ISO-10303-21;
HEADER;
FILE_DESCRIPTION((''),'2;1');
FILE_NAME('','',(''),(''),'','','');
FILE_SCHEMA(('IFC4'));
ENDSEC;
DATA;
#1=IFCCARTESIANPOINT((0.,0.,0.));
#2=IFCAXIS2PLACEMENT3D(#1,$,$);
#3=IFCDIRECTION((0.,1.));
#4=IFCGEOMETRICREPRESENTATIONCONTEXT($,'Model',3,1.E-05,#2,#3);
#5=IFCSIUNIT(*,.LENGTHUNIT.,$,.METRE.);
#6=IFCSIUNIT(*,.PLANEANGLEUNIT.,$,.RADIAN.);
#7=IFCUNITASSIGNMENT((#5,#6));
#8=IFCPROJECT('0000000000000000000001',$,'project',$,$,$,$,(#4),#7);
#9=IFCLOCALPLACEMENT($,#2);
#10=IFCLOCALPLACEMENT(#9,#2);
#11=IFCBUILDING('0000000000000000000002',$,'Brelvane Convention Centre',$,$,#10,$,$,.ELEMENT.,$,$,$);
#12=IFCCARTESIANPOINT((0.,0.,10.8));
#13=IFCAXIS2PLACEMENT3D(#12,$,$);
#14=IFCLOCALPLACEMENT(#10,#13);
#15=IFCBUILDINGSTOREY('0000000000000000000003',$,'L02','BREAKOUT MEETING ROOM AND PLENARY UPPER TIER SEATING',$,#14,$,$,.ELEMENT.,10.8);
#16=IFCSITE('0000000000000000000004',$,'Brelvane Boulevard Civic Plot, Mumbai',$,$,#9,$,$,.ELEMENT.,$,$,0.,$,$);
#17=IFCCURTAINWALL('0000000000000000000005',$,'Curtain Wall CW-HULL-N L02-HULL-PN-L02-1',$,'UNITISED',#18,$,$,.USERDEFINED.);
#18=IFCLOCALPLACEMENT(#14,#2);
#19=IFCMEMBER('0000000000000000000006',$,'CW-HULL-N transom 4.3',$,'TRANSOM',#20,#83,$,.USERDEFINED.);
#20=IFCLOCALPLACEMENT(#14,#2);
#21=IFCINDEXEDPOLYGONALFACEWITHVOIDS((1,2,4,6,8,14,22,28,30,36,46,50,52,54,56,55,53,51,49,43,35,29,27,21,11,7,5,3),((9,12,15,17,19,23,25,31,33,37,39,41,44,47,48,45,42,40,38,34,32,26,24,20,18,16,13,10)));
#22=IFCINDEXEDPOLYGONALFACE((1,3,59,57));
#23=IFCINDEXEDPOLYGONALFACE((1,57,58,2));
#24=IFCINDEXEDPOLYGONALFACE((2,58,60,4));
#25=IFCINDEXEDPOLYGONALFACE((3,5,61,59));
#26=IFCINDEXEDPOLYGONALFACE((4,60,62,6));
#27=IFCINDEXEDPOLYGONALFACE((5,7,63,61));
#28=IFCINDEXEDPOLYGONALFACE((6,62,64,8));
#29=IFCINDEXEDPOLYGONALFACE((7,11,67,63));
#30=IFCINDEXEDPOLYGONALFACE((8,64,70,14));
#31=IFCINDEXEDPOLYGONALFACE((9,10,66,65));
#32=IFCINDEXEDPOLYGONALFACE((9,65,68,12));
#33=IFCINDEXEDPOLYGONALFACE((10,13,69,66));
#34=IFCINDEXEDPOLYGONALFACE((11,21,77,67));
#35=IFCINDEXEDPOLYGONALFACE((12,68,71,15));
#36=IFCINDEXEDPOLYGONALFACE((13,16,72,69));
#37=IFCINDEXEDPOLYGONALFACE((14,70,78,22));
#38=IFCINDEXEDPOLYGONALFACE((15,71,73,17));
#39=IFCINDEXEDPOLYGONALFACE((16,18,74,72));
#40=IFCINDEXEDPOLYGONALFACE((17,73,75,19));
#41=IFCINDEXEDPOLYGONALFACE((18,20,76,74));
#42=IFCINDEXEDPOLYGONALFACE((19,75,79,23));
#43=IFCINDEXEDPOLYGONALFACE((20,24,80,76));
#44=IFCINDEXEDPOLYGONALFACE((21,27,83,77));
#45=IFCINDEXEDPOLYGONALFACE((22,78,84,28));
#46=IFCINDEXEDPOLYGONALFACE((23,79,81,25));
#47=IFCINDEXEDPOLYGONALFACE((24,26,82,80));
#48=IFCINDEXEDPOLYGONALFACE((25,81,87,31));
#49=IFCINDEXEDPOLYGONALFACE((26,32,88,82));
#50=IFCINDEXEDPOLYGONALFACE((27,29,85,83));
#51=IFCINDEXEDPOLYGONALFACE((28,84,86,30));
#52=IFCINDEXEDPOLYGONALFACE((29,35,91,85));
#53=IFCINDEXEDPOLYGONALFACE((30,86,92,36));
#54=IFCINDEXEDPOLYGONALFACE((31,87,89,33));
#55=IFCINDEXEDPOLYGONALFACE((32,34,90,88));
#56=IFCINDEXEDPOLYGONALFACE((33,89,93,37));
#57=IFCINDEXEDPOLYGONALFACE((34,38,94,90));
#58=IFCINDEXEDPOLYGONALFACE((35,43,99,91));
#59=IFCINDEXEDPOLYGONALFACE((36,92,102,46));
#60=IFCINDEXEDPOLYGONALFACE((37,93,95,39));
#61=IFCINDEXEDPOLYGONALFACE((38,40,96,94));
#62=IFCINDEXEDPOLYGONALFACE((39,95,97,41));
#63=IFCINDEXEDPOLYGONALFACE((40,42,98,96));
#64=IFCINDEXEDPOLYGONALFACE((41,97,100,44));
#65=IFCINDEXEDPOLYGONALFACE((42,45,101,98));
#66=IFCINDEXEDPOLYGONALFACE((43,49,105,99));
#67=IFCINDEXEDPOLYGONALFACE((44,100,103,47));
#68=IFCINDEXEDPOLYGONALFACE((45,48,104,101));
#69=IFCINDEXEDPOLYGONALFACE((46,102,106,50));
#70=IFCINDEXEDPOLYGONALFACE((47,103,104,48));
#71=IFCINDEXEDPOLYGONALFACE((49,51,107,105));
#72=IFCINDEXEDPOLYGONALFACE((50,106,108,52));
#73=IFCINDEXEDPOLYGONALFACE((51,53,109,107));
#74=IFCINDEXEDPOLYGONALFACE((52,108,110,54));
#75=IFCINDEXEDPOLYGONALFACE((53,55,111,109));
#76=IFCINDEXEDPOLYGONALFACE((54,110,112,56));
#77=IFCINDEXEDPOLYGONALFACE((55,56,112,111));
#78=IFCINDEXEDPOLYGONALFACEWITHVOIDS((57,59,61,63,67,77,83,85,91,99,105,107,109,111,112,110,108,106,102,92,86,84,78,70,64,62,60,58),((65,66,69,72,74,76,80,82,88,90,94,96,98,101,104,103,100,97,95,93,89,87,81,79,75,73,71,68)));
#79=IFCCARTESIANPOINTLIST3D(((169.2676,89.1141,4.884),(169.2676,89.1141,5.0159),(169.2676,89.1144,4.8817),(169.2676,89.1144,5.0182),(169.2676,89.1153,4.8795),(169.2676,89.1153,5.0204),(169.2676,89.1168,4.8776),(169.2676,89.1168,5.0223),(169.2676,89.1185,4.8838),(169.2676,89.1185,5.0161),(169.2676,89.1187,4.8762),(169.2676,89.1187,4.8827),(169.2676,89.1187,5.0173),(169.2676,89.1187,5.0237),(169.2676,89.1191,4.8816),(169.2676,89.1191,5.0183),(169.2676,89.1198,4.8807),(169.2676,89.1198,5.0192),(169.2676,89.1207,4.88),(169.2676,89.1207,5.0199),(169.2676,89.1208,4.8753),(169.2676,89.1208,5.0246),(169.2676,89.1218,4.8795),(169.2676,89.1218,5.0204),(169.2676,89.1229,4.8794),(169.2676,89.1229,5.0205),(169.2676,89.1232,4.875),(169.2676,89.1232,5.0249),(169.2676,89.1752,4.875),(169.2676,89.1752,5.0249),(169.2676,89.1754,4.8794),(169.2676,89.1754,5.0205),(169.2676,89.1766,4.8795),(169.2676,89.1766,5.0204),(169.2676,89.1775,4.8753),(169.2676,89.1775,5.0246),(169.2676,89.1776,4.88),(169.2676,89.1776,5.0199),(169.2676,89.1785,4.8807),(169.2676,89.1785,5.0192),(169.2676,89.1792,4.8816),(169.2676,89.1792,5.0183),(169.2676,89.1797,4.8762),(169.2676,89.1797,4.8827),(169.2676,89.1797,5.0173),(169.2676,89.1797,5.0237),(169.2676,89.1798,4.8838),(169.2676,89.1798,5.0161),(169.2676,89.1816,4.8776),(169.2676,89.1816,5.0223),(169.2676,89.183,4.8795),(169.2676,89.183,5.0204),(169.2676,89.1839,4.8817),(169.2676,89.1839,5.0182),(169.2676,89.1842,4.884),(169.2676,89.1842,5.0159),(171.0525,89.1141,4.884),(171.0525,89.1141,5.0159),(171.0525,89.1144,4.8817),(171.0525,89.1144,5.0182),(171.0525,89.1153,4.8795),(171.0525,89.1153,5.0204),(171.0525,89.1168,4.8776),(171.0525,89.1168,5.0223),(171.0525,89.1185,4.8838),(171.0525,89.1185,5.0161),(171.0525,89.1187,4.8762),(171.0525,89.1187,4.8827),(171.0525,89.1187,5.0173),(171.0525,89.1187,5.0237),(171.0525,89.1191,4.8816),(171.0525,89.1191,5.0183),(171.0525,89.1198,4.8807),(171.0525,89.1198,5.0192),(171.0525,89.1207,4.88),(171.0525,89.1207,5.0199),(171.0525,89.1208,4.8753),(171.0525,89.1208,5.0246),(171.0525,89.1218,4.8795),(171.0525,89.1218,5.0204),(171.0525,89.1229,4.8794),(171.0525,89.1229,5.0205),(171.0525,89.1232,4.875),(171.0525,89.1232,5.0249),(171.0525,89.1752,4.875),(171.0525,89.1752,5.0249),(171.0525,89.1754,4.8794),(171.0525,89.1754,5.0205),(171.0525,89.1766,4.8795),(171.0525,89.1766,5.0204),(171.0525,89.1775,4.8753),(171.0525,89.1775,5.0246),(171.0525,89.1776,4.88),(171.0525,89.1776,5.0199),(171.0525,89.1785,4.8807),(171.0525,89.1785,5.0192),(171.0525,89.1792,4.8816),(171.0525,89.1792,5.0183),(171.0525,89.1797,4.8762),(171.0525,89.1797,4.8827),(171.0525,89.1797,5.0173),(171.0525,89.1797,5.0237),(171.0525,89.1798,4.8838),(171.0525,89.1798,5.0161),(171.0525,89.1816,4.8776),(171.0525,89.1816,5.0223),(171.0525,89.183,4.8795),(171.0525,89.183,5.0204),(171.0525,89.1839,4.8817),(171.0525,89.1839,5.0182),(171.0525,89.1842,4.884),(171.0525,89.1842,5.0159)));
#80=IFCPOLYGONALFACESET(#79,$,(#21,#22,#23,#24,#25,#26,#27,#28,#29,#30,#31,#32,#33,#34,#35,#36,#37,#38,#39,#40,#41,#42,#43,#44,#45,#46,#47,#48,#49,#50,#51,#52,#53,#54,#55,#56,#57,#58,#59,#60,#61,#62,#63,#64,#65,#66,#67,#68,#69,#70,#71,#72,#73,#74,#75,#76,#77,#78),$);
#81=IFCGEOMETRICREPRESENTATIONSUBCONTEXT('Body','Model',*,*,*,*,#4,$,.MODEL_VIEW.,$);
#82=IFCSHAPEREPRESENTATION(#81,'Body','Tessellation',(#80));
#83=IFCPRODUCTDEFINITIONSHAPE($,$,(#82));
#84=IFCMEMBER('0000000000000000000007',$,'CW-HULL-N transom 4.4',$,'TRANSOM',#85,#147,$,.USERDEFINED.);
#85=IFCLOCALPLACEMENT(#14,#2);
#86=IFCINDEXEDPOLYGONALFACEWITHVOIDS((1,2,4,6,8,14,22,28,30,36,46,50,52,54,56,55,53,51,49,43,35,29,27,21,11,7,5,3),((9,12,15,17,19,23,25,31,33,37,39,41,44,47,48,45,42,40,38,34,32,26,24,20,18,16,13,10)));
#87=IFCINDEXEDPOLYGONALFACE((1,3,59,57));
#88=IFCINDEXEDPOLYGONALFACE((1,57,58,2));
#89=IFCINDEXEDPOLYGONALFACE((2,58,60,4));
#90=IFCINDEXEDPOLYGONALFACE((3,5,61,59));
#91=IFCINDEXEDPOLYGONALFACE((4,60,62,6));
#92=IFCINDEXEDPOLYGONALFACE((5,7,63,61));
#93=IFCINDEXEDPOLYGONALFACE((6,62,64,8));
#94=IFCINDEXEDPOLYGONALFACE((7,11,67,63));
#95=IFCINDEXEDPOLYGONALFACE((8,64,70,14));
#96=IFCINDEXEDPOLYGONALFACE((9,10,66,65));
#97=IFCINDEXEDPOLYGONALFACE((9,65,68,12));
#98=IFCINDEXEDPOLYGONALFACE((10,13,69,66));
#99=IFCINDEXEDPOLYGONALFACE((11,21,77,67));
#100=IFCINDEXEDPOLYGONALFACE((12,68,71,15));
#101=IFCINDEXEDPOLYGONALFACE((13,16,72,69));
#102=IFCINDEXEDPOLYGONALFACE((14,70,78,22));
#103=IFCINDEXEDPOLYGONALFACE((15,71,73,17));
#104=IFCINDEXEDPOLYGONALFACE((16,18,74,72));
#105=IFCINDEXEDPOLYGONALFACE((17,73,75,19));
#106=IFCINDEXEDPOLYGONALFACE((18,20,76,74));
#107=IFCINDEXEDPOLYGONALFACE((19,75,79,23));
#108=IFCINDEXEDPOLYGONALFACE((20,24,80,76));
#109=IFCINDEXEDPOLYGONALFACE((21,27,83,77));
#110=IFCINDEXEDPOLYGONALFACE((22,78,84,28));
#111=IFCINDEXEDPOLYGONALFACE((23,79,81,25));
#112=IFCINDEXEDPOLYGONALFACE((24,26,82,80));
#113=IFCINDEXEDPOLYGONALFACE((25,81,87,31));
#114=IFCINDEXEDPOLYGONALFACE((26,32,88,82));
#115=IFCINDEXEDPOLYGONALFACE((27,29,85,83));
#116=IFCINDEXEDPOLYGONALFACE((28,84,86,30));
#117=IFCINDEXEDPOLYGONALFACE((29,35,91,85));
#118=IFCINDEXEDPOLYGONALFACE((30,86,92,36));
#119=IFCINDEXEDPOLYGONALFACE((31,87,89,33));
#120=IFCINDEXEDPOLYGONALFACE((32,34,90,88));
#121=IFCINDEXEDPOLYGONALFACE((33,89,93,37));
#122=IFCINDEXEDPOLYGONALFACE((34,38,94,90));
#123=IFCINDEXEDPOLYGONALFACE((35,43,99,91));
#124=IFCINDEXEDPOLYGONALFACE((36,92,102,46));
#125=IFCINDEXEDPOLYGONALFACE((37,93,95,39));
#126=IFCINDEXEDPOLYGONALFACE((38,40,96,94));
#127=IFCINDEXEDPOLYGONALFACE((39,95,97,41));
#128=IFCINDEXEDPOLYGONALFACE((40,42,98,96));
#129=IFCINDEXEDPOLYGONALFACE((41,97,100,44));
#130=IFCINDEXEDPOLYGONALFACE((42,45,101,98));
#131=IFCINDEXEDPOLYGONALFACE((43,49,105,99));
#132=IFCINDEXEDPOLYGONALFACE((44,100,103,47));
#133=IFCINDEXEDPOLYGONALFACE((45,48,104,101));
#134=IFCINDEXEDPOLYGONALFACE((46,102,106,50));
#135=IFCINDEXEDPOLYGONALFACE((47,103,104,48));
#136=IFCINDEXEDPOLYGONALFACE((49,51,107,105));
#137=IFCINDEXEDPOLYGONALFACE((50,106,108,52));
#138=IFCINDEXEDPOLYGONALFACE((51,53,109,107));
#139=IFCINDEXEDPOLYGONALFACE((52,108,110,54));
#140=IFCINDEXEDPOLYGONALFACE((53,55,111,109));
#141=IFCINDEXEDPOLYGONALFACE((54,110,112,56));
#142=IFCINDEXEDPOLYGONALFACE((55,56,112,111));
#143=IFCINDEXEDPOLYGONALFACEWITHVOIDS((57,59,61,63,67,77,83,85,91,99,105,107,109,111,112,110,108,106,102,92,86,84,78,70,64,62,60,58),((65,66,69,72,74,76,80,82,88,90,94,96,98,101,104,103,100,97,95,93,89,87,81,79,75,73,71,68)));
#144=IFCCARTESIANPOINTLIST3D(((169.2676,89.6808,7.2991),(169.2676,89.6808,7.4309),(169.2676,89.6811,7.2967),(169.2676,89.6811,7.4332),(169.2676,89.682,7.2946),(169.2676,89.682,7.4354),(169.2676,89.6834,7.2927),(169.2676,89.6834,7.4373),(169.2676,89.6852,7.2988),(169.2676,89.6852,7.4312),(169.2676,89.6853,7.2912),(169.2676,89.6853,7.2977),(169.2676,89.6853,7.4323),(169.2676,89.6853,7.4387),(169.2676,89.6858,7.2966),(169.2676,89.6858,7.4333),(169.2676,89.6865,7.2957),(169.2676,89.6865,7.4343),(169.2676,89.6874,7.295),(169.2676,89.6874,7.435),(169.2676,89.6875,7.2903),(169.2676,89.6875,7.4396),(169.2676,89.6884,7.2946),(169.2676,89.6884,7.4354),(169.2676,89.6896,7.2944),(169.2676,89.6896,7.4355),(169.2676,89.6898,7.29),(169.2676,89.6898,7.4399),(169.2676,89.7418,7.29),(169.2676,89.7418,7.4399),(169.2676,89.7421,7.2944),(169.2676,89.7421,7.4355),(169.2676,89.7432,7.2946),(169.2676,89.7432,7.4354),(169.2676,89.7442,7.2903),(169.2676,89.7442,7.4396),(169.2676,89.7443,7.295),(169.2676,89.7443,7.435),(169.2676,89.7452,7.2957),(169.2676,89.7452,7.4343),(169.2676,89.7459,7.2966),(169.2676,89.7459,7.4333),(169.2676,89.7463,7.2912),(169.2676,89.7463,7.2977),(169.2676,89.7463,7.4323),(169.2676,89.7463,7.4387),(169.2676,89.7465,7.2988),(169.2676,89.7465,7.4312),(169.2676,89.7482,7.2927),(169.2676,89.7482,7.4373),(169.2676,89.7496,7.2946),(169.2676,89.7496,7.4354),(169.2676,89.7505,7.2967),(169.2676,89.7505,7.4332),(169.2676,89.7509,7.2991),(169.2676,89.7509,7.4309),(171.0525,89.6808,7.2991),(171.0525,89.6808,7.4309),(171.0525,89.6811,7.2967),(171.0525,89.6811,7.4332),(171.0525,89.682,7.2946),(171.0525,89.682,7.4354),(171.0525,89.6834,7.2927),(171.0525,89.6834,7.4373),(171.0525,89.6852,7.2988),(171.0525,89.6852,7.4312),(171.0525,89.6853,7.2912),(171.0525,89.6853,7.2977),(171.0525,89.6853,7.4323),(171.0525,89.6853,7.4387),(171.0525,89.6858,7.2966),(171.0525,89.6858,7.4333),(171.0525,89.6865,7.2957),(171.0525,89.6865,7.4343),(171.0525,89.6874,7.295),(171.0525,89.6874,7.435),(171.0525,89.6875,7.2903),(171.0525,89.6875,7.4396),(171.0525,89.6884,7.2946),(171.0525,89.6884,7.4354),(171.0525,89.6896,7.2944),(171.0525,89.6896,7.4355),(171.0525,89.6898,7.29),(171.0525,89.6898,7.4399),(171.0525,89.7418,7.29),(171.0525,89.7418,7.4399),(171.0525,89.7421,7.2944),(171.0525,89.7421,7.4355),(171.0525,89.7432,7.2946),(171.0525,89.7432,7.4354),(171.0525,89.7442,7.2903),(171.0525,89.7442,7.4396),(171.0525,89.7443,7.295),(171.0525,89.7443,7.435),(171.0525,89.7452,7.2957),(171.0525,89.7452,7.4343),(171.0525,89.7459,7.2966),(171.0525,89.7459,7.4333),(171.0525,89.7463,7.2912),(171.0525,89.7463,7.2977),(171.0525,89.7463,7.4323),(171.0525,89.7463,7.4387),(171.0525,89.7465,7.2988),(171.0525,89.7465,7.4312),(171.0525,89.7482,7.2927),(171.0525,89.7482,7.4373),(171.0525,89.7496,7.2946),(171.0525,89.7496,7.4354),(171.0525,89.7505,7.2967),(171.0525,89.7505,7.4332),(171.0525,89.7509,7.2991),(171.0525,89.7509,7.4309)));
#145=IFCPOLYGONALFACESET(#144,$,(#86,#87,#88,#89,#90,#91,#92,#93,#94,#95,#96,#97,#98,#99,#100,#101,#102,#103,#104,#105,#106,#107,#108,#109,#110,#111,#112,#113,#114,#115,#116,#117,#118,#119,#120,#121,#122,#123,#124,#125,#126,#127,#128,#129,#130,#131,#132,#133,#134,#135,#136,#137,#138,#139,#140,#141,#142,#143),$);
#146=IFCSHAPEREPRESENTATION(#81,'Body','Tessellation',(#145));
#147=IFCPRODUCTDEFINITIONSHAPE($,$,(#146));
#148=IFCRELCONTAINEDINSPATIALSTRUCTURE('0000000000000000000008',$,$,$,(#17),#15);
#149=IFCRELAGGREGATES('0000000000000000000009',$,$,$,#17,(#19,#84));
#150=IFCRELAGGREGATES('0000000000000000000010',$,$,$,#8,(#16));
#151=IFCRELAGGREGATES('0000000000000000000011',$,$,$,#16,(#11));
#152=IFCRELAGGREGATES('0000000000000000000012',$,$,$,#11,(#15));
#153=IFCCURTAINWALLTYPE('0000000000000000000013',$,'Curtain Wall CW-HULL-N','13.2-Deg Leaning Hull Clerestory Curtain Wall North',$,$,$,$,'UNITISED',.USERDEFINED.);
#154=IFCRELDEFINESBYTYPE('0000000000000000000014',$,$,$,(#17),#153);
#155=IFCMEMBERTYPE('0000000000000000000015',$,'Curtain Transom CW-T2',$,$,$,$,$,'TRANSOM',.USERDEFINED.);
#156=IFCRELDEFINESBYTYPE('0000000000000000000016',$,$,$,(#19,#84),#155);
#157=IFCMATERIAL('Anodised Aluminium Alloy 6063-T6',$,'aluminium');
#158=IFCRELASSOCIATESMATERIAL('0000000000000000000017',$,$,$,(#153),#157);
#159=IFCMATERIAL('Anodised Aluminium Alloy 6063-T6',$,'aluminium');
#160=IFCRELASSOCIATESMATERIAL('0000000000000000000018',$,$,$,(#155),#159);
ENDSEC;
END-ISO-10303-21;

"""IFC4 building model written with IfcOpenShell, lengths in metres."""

from ifc_helpers import new_model, si_unit, direction, frame, origin, origin_2d, place, context, subcontext, project, spatial, hollow_rectangle, extrude, material, material_profile, profile_set, type_object, element, aggregate, save


model = new_model("IFC4")

# Units and contexts
model_context = context("Model", 3, precision=1e-05, world=origin(), true_north=direction((0.0, 1.0)))
body_context = subcontext(model_context, "Body", "Model", "MODEL_VIEW")
ifc_project = project(units=[si_unit("LENGTHUNIT", "METRE"), si_unit("PLANEANGLEUNIT", "RADIAN")], contexts=[model_context])

# Site, building, storey
site_placement = place(None, origin())
site = spatial("IfcSite", under=ifc_project, at=site_placement, Name="Brelvane Boulevard Civic Plot, Mumbai", CompositionType="ELEMENT", RefElevation=0.0)
building_placement = place(site_placement, origin())
building = spatial("IfcBuilding", under=site, at=building_placement, Name="Brelvane Convention Centre", CompositionType="ELEMENT")
storey_placement = place(building_placement, frame((0.0, 0.0, 10.8)))
storey = spatial("IfcBuildingStorey", under=building, at=storey_placement, Name="L02", Description="BREAKOUT MEETING ROOM AND PLENARY UPPER TIER SEATING", CompositionType="ELEMENT", Elevation=10.8)

# Curtain wall, members
ifc_material_1 = material(Name="Anodised Aluminium Alloy 6063-T6", Category="aluminium")
curtain_wall_type = type_object("IfcCurtainWallType", Name="Curtain Wall CW-HULL-N", Description="13.2-Deg Leaning Hull Clerestory Curtain Wall North", ElementType="UNITISED", PredefinedType="USERDEFINED", material=ifc_material_1)
curtain_wall_1_placement = place(storey_placement, origin())
curtain_wall_1 = element("IfcCurtainWall", 1, at=curtain_wall_1_placement, inside=storey, type_object=curtain_wall_type, Name="Curtain Wall CW-HULL-N L02-HULL-PN-L02-1", ObjectType="UNITISED", PredefinedType="USERDEFINED")
ifc_material_2 = material(Name="Anodised Aluminium Alloy 6063-T6", Category="aluminium")
ifc_material_profile = material_profile(ifc_material_2, hollow_rectangle(XDim=0.0701, YDim=0.1499, WallThickness=0.0044, InnerFilletRadius=0.0044, OuterFilletRadius=0.009, at=origin_2d()), Name="ALU-T 150x70x4.5")
ifc_profile_set = profile_set([ifc_material_profile], Name="Anodised Aluminium Alloy 6063-T6")
member_type = type_object("IfcMemberType", Name="Curtain Transom CW-T2", ElementType="TRANSOM", PredefinedType="USERDEFINED", material=ifc_profile_set)
member_1_placement = place(storey_placement, frame((169.2676, 89.1492, 4.95), z_axis=(1.0, 0.0, 0.0), x_axis=(0.0, 1.0, 0.0)))
member_1 = element("IfcMember", 2, at=member_1_placement, type_object=member_type, Name="CW-HULL-N transom 4.3", ObjectType="TRANSOM", PredefinedType="USERDEFINED", context=body_context, shape_type="SweptSolid", body=[
    extrude(hollow_rectangle(XDim=0.0701, YDim=0.1499, WallThickness=0.0044, InnerFilletRadius=0.0044, OuterFilletRadius=0.009, at=origin_2d()), origin(), (0.0, 0.0, 1.0), 1.7849),
])
member_2_placement = place(storey_placement, frame((169.2676, 89.7158, 7.365), z_axis=(1.0, 0.0, 0.0), x_axis=(0.0, 1.0, 0.0)))
member_2 = element("IfcMember", 3, at=member_2_placement, type_object=member_type, Name="CW-HULL-N transom 4.4", ObjectType="TRANSOM", PredefinedType="USERDEFINED", context=body_context, shape_type="SweptSolid", body=[
    extrude(hollow_rectangle(XDim=0.0701, YDim=0.1499, WallThickness=0.0044, InnerFilletRadius=0.0044, OuterFilletRadius=0.009, at=origin_2d()), origin(), (0.0, 0.0, 1.0), 1.7849),
])

aggregate(curtain_wall_1, [member_1, member_2])

save(model, "model.ifc")
